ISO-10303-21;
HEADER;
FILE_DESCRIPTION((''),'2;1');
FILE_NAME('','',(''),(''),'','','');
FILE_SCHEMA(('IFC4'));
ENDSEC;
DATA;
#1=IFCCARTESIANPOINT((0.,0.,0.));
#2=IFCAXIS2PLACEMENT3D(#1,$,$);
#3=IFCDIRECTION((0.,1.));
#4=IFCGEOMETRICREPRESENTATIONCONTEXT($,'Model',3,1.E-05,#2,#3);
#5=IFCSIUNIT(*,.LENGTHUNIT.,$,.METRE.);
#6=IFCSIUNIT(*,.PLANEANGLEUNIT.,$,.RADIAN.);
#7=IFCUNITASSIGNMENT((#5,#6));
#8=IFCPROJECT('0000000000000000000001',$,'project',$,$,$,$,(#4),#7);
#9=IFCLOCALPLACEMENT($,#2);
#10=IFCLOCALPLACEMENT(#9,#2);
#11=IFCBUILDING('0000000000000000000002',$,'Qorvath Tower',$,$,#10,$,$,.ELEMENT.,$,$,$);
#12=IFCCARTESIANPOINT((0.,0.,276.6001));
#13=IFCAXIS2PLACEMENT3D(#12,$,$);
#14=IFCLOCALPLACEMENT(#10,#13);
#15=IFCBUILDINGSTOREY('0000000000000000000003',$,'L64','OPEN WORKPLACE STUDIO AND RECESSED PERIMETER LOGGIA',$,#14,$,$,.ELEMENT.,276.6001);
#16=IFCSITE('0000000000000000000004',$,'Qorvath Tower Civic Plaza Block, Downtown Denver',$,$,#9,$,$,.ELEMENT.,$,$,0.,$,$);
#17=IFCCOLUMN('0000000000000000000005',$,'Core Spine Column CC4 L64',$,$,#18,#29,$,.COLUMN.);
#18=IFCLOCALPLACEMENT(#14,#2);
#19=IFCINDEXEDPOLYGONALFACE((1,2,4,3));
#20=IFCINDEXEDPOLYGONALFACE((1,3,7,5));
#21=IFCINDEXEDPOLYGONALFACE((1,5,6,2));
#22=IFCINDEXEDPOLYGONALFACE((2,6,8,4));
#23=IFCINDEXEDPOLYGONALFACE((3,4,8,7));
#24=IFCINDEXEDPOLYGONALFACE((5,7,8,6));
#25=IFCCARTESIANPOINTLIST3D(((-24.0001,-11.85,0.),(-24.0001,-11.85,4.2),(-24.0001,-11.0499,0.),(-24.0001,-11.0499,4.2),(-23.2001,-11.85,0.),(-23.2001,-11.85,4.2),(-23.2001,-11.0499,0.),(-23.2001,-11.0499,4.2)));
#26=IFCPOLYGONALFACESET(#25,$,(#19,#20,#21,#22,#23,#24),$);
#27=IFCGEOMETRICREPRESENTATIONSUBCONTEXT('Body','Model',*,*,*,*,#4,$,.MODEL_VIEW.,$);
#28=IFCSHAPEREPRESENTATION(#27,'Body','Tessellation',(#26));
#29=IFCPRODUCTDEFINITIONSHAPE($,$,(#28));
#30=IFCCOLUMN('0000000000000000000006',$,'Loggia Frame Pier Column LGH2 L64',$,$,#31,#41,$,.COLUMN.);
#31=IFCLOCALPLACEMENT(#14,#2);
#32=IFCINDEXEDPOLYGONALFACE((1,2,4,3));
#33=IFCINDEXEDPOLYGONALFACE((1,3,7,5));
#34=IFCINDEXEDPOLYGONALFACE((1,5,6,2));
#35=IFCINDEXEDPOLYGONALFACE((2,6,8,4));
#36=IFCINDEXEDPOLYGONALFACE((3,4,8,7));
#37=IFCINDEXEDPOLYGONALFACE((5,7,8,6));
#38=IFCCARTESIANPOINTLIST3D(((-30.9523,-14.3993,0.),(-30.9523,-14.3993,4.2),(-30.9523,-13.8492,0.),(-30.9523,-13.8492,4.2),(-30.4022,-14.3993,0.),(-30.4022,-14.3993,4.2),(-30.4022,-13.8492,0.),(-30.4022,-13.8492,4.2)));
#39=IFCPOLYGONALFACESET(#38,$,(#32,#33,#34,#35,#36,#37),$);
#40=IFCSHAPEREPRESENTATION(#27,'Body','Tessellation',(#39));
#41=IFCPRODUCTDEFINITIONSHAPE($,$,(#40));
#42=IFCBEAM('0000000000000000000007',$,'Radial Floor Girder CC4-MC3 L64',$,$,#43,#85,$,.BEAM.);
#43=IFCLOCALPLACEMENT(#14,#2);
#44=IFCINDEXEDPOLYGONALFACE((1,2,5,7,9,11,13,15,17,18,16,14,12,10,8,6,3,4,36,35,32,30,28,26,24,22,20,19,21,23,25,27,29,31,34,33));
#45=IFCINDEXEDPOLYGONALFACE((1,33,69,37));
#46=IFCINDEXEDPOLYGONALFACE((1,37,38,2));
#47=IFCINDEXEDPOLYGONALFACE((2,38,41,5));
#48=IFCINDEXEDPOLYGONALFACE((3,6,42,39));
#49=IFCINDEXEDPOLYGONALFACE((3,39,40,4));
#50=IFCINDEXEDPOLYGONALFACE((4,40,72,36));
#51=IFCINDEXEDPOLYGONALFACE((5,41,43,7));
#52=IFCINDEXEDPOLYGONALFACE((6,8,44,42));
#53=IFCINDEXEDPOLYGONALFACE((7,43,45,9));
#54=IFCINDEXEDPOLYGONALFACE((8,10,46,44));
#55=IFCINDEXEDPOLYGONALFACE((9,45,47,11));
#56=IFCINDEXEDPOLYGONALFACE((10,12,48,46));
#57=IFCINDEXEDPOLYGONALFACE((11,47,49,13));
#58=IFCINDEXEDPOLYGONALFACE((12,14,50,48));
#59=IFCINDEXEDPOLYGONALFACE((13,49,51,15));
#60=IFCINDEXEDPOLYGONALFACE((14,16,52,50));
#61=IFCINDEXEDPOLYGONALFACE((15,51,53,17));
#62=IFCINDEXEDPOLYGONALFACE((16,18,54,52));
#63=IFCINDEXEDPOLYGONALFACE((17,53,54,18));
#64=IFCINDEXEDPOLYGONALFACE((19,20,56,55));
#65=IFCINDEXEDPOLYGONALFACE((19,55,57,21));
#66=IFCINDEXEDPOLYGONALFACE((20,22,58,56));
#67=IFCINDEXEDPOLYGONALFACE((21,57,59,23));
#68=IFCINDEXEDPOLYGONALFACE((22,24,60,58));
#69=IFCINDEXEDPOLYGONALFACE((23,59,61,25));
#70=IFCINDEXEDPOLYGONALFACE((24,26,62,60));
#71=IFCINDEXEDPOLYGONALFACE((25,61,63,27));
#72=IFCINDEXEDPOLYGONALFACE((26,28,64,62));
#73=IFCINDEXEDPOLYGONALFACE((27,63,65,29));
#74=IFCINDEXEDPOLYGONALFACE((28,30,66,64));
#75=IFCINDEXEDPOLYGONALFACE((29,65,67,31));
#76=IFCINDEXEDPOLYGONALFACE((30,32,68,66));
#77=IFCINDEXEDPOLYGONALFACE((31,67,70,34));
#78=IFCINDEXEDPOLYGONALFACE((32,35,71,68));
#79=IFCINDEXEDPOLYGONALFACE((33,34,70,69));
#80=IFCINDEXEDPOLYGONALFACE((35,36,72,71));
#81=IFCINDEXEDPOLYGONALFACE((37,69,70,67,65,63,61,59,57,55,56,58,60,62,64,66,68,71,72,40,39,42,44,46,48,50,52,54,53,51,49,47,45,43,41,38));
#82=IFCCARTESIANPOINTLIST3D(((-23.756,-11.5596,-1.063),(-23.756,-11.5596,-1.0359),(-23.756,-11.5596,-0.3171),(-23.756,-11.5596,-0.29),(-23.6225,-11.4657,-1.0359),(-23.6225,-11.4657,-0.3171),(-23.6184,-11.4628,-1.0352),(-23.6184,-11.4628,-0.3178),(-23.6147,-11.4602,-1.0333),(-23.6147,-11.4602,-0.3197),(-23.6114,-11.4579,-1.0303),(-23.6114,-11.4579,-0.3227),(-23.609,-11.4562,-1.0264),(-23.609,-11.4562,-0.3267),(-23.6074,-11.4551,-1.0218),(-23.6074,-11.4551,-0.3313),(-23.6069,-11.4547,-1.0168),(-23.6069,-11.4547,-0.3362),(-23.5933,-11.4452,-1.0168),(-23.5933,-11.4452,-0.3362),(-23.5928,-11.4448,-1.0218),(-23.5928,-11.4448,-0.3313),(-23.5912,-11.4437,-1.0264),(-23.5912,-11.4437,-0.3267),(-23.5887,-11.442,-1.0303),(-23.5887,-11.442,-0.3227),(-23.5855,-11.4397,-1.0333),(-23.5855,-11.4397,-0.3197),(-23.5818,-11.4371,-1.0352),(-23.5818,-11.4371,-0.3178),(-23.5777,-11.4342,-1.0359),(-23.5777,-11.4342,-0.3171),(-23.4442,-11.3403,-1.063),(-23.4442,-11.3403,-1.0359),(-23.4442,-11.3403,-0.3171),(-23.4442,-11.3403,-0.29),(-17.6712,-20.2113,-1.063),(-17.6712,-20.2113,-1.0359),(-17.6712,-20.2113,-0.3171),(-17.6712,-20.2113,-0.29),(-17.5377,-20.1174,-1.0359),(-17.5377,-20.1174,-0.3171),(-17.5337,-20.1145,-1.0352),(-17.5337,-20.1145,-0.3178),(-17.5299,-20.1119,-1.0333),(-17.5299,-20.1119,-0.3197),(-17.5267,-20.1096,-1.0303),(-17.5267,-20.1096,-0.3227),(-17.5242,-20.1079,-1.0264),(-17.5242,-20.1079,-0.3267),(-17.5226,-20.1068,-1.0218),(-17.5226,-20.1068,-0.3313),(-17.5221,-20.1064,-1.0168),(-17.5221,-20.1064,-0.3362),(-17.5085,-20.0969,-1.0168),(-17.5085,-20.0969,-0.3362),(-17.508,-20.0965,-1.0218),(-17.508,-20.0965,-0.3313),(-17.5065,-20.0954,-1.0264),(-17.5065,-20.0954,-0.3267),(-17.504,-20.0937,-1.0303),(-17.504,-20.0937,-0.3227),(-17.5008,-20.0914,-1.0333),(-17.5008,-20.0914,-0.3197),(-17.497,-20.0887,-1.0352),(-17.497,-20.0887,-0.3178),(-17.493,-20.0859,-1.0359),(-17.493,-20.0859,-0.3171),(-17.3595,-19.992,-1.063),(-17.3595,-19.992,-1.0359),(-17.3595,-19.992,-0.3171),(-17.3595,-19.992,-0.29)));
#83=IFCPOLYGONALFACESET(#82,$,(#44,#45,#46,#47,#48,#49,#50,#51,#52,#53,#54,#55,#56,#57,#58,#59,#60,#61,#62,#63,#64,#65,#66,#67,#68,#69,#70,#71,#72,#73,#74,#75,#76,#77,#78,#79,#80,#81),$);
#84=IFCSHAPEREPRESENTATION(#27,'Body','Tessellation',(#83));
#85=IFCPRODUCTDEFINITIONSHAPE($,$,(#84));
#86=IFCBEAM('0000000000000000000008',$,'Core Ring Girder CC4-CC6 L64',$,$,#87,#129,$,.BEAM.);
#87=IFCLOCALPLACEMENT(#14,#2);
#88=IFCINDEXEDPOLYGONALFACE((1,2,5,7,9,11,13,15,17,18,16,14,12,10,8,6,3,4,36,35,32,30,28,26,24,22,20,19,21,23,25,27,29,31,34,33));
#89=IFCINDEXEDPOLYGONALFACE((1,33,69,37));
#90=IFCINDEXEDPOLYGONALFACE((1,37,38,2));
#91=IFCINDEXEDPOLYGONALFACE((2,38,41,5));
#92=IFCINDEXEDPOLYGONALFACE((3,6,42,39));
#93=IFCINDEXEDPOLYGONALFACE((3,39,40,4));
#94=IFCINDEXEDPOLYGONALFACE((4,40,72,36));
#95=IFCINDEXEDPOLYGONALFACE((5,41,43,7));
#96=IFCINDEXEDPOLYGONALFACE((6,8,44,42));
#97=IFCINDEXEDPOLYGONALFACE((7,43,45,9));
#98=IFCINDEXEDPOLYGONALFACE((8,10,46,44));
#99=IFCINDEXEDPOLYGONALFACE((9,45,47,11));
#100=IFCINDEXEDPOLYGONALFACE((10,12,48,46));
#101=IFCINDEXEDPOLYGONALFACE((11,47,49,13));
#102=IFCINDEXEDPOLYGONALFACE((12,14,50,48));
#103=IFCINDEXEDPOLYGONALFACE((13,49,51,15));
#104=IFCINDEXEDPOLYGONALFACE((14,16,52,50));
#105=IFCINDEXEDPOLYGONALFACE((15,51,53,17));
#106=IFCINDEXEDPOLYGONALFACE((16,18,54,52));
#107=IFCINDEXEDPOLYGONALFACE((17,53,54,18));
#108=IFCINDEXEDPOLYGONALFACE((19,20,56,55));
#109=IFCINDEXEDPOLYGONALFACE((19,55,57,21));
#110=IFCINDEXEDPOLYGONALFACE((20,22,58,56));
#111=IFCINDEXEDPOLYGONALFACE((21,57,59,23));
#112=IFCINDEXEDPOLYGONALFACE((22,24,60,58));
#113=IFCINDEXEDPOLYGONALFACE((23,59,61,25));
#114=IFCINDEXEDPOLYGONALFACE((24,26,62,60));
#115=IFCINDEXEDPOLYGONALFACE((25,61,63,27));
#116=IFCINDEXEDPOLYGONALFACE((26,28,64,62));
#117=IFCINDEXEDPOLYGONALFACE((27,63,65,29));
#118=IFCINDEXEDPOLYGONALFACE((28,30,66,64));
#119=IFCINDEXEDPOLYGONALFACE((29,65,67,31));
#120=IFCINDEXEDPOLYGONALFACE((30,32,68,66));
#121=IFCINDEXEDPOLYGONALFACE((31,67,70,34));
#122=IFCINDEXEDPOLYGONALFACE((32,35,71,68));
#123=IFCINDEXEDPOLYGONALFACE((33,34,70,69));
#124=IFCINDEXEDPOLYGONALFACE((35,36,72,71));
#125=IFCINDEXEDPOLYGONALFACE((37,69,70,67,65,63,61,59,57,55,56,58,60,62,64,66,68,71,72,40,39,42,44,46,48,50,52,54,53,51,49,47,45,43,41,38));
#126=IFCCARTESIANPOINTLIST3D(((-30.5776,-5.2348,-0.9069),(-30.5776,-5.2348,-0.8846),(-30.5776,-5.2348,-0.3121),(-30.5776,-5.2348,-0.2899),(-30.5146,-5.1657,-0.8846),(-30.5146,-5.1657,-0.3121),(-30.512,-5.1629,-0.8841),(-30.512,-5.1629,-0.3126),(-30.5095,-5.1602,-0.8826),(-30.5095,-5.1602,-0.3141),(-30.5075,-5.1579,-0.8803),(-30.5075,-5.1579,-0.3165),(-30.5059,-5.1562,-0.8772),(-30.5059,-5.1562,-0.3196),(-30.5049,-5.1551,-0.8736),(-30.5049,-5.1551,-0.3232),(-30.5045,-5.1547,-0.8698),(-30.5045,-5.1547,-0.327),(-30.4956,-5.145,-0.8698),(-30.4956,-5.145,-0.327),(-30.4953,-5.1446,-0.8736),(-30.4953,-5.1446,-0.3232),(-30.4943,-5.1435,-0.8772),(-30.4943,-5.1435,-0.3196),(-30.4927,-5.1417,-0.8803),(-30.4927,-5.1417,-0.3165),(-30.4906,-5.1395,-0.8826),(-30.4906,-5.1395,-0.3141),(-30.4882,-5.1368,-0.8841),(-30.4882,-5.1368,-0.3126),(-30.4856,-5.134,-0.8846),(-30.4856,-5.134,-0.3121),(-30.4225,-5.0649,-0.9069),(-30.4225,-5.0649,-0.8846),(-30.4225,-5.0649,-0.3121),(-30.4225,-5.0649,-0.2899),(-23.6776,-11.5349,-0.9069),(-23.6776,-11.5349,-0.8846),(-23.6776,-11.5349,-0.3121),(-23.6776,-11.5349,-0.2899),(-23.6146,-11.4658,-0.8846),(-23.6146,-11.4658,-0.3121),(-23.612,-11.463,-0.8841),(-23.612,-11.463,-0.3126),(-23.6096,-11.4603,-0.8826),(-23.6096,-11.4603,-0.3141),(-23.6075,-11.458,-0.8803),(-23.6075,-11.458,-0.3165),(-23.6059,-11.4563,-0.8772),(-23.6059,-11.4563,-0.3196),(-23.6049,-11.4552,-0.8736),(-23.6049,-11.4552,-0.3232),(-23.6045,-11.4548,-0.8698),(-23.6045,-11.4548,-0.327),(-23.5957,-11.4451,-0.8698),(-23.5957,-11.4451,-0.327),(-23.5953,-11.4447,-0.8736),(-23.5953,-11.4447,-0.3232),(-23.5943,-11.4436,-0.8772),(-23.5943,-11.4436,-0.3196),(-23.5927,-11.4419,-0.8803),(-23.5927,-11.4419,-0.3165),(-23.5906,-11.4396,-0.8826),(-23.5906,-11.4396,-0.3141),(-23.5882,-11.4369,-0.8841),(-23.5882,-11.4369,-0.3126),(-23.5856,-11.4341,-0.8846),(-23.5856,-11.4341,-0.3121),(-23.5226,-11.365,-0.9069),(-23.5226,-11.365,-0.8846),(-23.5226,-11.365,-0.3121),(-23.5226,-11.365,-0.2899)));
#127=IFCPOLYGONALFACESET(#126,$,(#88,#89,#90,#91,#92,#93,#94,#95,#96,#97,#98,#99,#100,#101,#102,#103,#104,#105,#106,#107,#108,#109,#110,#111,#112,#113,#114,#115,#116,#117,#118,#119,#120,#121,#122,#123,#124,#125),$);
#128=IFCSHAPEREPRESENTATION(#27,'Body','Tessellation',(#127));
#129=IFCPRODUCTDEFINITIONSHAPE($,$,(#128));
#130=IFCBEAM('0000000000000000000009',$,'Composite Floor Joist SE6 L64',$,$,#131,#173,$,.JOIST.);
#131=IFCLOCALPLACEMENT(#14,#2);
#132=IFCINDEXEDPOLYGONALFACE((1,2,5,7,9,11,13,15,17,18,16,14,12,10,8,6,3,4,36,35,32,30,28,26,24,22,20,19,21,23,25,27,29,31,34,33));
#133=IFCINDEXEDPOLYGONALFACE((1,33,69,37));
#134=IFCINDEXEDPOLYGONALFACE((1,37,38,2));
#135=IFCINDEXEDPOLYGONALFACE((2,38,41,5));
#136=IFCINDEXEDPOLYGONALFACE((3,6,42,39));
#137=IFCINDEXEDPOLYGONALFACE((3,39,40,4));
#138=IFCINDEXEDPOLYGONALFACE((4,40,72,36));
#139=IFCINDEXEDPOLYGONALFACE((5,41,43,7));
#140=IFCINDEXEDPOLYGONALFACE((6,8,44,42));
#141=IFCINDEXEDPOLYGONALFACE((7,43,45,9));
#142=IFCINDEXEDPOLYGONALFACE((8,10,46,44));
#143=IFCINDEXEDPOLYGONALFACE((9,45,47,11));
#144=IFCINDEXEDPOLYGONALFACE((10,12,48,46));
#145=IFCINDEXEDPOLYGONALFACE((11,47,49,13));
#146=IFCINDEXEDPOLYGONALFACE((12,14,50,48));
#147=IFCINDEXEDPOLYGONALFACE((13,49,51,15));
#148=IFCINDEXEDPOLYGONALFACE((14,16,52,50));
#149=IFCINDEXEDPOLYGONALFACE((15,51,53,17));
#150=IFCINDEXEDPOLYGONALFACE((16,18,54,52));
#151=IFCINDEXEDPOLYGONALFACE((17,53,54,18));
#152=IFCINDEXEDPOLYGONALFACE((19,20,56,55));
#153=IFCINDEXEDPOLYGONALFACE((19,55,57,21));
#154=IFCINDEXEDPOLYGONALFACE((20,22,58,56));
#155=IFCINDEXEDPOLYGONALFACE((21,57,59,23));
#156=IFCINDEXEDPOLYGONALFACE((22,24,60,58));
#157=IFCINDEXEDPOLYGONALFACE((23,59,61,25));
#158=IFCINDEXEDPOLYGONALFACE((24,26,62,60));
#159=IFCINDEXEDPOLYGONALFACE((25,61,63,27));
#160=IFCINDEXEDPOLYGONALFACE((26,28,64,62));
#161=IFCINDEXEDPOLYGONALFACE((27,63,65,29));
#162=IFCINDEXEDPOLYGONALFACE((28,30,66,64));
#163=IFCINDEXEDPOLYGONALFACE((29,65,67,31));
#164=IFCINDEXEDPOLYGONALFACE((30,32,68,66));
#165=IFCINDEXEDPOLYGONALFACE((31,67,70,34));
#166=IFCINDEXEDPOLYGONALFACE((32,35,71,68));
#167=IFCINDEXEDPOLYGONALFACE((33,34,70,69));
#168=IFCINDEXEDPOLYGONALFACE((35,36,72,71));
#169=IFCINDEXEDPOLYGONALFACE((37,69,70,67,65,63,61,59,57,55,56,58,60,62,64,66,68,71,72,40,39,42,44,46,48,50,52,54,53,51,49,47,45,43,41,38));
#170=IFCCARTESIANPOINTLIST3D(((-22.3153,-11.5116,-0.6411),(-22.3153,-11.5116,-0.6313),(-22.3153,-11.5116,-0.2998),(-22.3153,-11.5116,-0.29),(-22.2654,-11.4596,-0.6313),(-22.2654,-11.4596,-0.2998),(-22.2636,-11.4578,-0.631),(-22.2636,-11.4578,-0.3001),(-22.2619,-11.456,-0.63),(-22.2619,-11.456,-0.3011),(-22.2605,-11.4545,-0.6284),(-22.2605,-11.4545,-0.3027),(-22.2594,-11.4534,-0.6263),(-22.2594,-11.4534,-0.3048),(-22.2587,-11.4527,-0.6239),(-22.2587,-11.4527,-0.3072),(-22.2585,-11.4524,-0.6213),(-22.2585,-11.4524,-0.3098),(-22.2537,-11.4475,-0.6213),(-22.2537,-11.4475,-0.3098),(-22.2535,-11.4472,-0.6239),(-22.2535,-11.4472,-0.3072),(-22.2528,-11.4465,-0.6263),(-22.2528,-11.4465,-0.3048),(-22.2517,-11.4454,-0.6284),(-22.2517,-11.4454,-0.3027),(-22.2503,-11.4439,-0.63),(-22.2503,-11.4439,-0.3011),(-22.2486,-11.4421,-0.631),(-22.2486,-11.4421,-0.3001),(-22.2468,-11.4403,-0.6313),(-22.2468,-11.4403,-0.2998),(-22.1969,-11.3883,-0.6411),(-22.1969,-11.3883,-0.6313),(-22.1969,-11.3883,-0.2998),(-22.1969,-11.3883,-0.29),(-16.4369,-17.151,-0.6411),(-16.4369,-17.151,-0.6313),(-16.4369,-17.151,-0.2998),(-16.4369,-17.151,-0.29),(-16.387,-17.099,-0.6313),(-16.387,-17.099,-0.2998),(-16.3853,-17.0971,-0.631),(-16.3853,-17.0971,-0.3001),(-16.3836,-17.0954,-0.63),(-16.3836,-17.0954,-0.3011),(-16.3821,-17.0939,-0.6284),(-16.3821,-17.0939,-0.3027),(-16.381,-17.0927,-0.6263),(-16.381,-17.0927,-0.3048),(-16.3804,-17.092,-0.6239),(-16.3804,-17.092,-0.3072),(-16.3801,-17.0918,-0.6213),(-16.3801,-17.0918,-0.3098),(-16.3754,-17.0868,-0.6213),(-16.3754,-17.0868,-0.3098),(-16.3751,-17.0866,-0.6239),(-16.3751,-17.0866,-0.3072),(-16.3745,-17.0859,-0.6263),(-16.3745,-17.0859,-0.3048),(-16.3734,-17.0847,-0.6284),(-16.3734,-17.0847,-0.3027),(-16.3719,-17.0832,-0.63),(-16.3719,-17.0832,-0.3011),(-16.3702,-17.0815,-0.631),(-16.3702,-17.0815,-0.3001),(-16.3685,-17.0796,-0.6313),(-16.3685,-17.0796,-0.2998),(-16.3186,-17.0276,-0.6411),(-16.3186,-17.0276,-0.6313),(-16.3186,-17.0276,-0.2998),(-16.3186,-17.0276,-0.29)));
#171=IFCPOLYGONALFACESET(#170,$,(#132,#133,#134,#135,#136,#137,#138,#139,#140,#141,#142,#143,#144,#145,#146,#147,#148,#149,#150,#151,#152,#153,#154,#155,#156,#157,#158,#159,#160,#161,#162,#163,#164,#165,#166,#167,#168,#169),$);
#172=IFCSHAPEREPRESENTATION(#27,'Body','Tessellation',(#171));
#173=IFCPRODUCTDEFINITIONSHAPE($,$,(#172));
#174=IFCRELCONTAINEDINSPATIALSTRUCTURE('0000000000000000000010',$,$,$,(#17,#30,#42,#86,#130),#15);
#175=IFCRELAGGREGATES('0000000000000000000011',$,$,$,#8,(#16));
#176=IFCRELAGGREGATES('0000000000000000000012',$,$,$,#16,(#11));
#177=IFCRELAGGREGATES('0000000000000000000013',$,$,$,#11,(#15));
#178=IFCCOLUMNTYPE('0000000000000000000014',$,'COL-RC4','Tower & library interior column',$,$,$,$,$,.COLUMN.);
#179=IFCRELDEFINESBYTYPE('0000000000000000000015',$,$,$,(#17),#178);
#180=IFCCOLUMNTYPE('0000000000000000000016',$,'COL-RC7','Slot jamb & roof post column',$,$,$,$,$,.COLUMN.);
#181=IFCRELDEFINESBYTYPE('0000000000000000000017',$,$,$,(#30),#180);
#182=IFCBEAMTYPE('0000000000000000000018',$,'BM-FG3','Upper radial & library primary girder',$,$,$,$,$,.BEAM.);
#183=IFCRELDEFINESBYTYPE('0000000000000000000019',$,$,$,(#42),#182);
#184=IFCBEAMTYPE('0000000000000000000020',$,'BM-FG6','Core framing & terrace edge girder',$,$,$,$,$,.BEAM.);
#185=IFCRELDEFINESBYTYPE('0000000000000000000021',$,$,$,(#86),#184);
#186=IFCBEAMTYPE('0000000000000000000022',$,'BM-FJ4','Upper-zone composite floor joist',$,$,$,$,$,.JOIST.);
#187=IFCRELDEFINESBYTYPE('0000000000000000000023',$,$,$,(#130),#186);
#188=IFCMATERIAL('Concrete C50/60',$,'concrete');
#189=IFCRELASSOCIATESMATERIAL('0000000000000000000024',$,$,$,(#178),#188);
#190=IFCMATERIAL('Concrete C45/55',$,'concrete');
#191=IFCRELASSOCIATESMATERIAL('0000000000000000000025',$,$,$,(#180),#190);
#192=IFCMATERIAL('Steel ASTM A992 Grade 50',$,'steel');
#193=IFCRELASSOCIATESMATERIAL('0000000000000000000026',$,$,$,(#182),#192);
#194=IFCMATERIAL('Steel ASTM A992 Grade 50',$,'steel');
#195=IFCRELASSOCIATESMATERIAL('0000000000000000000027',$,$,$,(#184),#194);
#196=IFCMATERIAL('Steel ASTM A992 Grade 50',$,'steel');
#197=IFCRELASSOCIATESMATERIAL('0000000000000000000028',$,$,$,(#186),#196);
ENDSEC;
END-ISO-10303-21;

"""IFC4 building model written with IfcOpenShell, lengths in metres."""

from ifc_helpers import new_model, si_unit, direction, frame, origin, origin_2d, place, context, subcontext, project, spatial, rectangle, i_section, extrude, material, material_profile, profile_set, type_object, element, save


model = new_model("IFC4")

# Units and contexts
model_context = context("Model", 3, precision=1e-05, world=origin(), true_north=direction((0.0, 1.0)))
body_context = subcontext(model_context, "Body", "Model", "MODEL_VIEW")
ifc_project = project(units=[si_unit("LENGTHUNIT", "METRE"), si_unit("PLANEANGLEUNIT", "RADIAN")], contexts=[model_context])

# Site, building, storey
site_placement = place(None, origin())
site = spatial("IfcSite", under=ifc_project, at=site_placement, Name="Qorvath Tower Civic Plaza Block, Downtown Denver", CompositionType="ELEMENT", RefElevation=0.0)
building_placement = place(site_placement, origin())
building = spatial("IfcBuilding", under=site, at=building_placement, Name="Qorvath Tower", CompositionType="ELEMENT")
storey_placement = place(building_placement, frame((0.0, 0.0, 276.6001)))
storey = spatial("IfcBuildingStorey", under=building, at=storey_placement, Name="L64", Description="OPEN WORKPLACE STUDIO AND RECESSED PERIMETER LOGGIA", CompositionType="ELEMENT", Elevation=276.6001)

# Columns
ifc_material_1 = material(Name="Concrete C50/60", Category="concrete")
ifc_material_profile_1 = material_profile(ifc_material_1, rectangle(XDim=0.8, YDim=0.8, at=origin_2d()), Name="RC 800x800")
ifc_profile_set_1 = profile_set([ifc_material_profile_1], Name="Concrete C50/60")
column_type_1 = type_object("IfcColumnType", Name="COL-RC4", Description="Tower & library interior column", PredefinedType="COLUMN", material=ifc_profile_set_1)
column_1_placement = place(storey_placement, frame((-23.6001, -11.45, 0.0), z_axis=(0.0, 0.0, 1.0), x_axis=(1.0, 0.0, 0.0)))
element("IfcColumn", 1, at=column_1_placement, inside=storey, type_object=column_type_1, Name="Core Spine Column CC4 L64", PredefinedType="COLUMN", context=body_context, shape_type="SweptSolid", body=[
    extrude(rectangle(XDim=0.8, YDim=0.8, at=origin_2d()), origin(), (0.0, 0.0, 1.0), 4.2),
])
ifc_material_2 = material(Name="Concrete C45/55", Category="concrete")
ifc_material_profile_2 = material_profile(ifc_material_2, rectangle(XDim=0.55, YDim=0.55, at=origin_2d()), Name="RC 550x550")
ifc_profile_set_2 = profile_set([ifc_material_profile_2], Name="Concrete C45/55")
column_type_2 = type_object("IfcColumnType", Name="COL-RC7", Description="Slot jamb & roof post column", PredefinedType="COLUMN", material=ifc_profile_set_2)
column_2_placement = place(storey_placement, frame((-30.6772, -14.1243, 0.0), z_axis=(0.0, 0.0, 1.0), x_axis=(1.0, 0.0, 0.0)))
element("IfcColumn", 2, at=column_2_placement, inside=storey, type_object=column_type_2, Name="Loggia Frame Pier Column LGH2 L64", PredefinedType="COLUMN", context=body_context, shape_type="SweptSolid", body=[
    extrude(rectangle(XDim=0.55, YDim=0.55, at=origin_2d()), origin(), (0.0, 0.0, 1.0), 4.2),
])

# Beams
ifc_material_3 = material(Name="Steel ASTM A992 Grade 50", Category="steel")
ifc_material_profile_3 = material_profile(ifc_material_3, i_section(OverallWidth=0.3811, OverallDepth=0.7729, WebThickness=0.0166, FlangeThickness=0.0271, FilletRadius=0.019, at=origin_2d()), Name="W30x173")
ifc_profile_set_3 = profile_set([ifc_material_profile_3], Name="Steel ASTM A992 Grade 50")
beam_type_1 = type_object("IfcBeamType", Name="BM-FG3", Description="Upper radial & library primary girder", PredefinedType="BEAM", material=ifc_profile_set_3)
beam_1_placement = place(storey_placement, frame((-23.6001, -11.45, -0.6765), z_axis=(0.575275, -0.81796, 0.0), x_axis=(0.81796, 0.575275, 0.0)))
element("IfcBeam", 3, at=beam_1_placement, inside=storey, type_object=beam_type_1, Name="Radial Floor Girder CC4-MC3 L64", PredefinedType="BEAM", context=body_context, shape_type="SweptSolid", body=[
    extrude(i_section(OverallWidth=0.3811, OverallDepth=0.7729, WebThickness=0.0166, FlangeThickness=0.0271, FilletRadius=0.019, at=origin_2d()), origin(), (0.0, 0.0, 1.0), 10.5771),
])
ifc_material_4 = material(Name="Steel ASTM A992 Grade 50", Category="steel")
ifc_material_profile_4 = material_profile(ifc_material_4, i_section(OverallWidth=0.23, OverallDepth=0.6169, WebThickness=0.0132, FlangeThickness=0.0222, FilletRadius=0.0149, at=origin_2d()), Name="W24x94")
ifc_profile_set_4 = profile_set([ifc_material_profile_4], Name="Steel ASTM A992 Grade 50")
beam_type_2 = type_object("IfcBeamType", Name="BM-FG6", Description="Core framing & terrace edge girder", PredefinedType="BEAM", material=ifc_profile_set_4)
beam_2_placement = place(storey_placement, frame((-23.6001, -11.45, -0.5984), z_axis=(-0.738478, 0.674277, 0.0), x_axis=(-0.674277, -0.738478, 0.0)))
element("IfcBeam", 4, at=beam_2_placement, inside=storey, type_object=beam_type_2, Name="Core Ring Girder CC4-CC6 L64", PredefinedType="BEAM", context=body_context, shape_type="SweptSolid", body=[
    extrude(i_section(OverallWidth=0.23, OverallDepth=0.6169, WebThickness=0.0132, FlangeThickness=0.0222, FilletRadius=0.0149, at=origin_2d()), origin(), (0.0, 0.0, 1.0), 9.3435),
])
ifc_material_5 = material(Name="Steel ASTM A992 Grade 50", Category="steel")
ifc_material_profile_5 = material_profile(ifc_material_5, i_section(OverallWidth=0.1709, OverallDepth=0.3511, WebThickness=0.0068, FlangeThickness=0.0098, FilletRadius=0.01, at=origin_2d()), Name="W14x30")
ifc_profile_set_5 = profile_set([ifc_material_profile_5], Name="Steel ASTM A992 Grade 50")
beam_type_3 = type_object("IfcBeamType", Name="BM-FJ4", Description="Upper-zone composite floor joist", PredefinedType="JOIST", material=ifc_profile_set_5)
beam_3_placement = place(storey_placement, frame((-22.2561, -11.45, -0.4656), z_axis=(0.721625, -0.692284, 0.0), x_axis=(0.692284, 0.721625, 0.0)))
element("IfcBeam", 5, at=beam_3_placement, inside=storey, type_object=beam_type_3, Name="Composite Floor Joist SE6 L64", PredefinedType="JOIST", context=body_context, shape_type="SweptSolid", body=[
    extrude(i_section(OverallWidth=0.1709, OverallDepth=0.3511, WebThickness=0.0068, FlangeThickness=0.0098, FilletRadius=0.01, at=origin_2d()), origin(), (0.0, 0.0, 1.0), 8.146),
])

save(model, "model.ifc")
